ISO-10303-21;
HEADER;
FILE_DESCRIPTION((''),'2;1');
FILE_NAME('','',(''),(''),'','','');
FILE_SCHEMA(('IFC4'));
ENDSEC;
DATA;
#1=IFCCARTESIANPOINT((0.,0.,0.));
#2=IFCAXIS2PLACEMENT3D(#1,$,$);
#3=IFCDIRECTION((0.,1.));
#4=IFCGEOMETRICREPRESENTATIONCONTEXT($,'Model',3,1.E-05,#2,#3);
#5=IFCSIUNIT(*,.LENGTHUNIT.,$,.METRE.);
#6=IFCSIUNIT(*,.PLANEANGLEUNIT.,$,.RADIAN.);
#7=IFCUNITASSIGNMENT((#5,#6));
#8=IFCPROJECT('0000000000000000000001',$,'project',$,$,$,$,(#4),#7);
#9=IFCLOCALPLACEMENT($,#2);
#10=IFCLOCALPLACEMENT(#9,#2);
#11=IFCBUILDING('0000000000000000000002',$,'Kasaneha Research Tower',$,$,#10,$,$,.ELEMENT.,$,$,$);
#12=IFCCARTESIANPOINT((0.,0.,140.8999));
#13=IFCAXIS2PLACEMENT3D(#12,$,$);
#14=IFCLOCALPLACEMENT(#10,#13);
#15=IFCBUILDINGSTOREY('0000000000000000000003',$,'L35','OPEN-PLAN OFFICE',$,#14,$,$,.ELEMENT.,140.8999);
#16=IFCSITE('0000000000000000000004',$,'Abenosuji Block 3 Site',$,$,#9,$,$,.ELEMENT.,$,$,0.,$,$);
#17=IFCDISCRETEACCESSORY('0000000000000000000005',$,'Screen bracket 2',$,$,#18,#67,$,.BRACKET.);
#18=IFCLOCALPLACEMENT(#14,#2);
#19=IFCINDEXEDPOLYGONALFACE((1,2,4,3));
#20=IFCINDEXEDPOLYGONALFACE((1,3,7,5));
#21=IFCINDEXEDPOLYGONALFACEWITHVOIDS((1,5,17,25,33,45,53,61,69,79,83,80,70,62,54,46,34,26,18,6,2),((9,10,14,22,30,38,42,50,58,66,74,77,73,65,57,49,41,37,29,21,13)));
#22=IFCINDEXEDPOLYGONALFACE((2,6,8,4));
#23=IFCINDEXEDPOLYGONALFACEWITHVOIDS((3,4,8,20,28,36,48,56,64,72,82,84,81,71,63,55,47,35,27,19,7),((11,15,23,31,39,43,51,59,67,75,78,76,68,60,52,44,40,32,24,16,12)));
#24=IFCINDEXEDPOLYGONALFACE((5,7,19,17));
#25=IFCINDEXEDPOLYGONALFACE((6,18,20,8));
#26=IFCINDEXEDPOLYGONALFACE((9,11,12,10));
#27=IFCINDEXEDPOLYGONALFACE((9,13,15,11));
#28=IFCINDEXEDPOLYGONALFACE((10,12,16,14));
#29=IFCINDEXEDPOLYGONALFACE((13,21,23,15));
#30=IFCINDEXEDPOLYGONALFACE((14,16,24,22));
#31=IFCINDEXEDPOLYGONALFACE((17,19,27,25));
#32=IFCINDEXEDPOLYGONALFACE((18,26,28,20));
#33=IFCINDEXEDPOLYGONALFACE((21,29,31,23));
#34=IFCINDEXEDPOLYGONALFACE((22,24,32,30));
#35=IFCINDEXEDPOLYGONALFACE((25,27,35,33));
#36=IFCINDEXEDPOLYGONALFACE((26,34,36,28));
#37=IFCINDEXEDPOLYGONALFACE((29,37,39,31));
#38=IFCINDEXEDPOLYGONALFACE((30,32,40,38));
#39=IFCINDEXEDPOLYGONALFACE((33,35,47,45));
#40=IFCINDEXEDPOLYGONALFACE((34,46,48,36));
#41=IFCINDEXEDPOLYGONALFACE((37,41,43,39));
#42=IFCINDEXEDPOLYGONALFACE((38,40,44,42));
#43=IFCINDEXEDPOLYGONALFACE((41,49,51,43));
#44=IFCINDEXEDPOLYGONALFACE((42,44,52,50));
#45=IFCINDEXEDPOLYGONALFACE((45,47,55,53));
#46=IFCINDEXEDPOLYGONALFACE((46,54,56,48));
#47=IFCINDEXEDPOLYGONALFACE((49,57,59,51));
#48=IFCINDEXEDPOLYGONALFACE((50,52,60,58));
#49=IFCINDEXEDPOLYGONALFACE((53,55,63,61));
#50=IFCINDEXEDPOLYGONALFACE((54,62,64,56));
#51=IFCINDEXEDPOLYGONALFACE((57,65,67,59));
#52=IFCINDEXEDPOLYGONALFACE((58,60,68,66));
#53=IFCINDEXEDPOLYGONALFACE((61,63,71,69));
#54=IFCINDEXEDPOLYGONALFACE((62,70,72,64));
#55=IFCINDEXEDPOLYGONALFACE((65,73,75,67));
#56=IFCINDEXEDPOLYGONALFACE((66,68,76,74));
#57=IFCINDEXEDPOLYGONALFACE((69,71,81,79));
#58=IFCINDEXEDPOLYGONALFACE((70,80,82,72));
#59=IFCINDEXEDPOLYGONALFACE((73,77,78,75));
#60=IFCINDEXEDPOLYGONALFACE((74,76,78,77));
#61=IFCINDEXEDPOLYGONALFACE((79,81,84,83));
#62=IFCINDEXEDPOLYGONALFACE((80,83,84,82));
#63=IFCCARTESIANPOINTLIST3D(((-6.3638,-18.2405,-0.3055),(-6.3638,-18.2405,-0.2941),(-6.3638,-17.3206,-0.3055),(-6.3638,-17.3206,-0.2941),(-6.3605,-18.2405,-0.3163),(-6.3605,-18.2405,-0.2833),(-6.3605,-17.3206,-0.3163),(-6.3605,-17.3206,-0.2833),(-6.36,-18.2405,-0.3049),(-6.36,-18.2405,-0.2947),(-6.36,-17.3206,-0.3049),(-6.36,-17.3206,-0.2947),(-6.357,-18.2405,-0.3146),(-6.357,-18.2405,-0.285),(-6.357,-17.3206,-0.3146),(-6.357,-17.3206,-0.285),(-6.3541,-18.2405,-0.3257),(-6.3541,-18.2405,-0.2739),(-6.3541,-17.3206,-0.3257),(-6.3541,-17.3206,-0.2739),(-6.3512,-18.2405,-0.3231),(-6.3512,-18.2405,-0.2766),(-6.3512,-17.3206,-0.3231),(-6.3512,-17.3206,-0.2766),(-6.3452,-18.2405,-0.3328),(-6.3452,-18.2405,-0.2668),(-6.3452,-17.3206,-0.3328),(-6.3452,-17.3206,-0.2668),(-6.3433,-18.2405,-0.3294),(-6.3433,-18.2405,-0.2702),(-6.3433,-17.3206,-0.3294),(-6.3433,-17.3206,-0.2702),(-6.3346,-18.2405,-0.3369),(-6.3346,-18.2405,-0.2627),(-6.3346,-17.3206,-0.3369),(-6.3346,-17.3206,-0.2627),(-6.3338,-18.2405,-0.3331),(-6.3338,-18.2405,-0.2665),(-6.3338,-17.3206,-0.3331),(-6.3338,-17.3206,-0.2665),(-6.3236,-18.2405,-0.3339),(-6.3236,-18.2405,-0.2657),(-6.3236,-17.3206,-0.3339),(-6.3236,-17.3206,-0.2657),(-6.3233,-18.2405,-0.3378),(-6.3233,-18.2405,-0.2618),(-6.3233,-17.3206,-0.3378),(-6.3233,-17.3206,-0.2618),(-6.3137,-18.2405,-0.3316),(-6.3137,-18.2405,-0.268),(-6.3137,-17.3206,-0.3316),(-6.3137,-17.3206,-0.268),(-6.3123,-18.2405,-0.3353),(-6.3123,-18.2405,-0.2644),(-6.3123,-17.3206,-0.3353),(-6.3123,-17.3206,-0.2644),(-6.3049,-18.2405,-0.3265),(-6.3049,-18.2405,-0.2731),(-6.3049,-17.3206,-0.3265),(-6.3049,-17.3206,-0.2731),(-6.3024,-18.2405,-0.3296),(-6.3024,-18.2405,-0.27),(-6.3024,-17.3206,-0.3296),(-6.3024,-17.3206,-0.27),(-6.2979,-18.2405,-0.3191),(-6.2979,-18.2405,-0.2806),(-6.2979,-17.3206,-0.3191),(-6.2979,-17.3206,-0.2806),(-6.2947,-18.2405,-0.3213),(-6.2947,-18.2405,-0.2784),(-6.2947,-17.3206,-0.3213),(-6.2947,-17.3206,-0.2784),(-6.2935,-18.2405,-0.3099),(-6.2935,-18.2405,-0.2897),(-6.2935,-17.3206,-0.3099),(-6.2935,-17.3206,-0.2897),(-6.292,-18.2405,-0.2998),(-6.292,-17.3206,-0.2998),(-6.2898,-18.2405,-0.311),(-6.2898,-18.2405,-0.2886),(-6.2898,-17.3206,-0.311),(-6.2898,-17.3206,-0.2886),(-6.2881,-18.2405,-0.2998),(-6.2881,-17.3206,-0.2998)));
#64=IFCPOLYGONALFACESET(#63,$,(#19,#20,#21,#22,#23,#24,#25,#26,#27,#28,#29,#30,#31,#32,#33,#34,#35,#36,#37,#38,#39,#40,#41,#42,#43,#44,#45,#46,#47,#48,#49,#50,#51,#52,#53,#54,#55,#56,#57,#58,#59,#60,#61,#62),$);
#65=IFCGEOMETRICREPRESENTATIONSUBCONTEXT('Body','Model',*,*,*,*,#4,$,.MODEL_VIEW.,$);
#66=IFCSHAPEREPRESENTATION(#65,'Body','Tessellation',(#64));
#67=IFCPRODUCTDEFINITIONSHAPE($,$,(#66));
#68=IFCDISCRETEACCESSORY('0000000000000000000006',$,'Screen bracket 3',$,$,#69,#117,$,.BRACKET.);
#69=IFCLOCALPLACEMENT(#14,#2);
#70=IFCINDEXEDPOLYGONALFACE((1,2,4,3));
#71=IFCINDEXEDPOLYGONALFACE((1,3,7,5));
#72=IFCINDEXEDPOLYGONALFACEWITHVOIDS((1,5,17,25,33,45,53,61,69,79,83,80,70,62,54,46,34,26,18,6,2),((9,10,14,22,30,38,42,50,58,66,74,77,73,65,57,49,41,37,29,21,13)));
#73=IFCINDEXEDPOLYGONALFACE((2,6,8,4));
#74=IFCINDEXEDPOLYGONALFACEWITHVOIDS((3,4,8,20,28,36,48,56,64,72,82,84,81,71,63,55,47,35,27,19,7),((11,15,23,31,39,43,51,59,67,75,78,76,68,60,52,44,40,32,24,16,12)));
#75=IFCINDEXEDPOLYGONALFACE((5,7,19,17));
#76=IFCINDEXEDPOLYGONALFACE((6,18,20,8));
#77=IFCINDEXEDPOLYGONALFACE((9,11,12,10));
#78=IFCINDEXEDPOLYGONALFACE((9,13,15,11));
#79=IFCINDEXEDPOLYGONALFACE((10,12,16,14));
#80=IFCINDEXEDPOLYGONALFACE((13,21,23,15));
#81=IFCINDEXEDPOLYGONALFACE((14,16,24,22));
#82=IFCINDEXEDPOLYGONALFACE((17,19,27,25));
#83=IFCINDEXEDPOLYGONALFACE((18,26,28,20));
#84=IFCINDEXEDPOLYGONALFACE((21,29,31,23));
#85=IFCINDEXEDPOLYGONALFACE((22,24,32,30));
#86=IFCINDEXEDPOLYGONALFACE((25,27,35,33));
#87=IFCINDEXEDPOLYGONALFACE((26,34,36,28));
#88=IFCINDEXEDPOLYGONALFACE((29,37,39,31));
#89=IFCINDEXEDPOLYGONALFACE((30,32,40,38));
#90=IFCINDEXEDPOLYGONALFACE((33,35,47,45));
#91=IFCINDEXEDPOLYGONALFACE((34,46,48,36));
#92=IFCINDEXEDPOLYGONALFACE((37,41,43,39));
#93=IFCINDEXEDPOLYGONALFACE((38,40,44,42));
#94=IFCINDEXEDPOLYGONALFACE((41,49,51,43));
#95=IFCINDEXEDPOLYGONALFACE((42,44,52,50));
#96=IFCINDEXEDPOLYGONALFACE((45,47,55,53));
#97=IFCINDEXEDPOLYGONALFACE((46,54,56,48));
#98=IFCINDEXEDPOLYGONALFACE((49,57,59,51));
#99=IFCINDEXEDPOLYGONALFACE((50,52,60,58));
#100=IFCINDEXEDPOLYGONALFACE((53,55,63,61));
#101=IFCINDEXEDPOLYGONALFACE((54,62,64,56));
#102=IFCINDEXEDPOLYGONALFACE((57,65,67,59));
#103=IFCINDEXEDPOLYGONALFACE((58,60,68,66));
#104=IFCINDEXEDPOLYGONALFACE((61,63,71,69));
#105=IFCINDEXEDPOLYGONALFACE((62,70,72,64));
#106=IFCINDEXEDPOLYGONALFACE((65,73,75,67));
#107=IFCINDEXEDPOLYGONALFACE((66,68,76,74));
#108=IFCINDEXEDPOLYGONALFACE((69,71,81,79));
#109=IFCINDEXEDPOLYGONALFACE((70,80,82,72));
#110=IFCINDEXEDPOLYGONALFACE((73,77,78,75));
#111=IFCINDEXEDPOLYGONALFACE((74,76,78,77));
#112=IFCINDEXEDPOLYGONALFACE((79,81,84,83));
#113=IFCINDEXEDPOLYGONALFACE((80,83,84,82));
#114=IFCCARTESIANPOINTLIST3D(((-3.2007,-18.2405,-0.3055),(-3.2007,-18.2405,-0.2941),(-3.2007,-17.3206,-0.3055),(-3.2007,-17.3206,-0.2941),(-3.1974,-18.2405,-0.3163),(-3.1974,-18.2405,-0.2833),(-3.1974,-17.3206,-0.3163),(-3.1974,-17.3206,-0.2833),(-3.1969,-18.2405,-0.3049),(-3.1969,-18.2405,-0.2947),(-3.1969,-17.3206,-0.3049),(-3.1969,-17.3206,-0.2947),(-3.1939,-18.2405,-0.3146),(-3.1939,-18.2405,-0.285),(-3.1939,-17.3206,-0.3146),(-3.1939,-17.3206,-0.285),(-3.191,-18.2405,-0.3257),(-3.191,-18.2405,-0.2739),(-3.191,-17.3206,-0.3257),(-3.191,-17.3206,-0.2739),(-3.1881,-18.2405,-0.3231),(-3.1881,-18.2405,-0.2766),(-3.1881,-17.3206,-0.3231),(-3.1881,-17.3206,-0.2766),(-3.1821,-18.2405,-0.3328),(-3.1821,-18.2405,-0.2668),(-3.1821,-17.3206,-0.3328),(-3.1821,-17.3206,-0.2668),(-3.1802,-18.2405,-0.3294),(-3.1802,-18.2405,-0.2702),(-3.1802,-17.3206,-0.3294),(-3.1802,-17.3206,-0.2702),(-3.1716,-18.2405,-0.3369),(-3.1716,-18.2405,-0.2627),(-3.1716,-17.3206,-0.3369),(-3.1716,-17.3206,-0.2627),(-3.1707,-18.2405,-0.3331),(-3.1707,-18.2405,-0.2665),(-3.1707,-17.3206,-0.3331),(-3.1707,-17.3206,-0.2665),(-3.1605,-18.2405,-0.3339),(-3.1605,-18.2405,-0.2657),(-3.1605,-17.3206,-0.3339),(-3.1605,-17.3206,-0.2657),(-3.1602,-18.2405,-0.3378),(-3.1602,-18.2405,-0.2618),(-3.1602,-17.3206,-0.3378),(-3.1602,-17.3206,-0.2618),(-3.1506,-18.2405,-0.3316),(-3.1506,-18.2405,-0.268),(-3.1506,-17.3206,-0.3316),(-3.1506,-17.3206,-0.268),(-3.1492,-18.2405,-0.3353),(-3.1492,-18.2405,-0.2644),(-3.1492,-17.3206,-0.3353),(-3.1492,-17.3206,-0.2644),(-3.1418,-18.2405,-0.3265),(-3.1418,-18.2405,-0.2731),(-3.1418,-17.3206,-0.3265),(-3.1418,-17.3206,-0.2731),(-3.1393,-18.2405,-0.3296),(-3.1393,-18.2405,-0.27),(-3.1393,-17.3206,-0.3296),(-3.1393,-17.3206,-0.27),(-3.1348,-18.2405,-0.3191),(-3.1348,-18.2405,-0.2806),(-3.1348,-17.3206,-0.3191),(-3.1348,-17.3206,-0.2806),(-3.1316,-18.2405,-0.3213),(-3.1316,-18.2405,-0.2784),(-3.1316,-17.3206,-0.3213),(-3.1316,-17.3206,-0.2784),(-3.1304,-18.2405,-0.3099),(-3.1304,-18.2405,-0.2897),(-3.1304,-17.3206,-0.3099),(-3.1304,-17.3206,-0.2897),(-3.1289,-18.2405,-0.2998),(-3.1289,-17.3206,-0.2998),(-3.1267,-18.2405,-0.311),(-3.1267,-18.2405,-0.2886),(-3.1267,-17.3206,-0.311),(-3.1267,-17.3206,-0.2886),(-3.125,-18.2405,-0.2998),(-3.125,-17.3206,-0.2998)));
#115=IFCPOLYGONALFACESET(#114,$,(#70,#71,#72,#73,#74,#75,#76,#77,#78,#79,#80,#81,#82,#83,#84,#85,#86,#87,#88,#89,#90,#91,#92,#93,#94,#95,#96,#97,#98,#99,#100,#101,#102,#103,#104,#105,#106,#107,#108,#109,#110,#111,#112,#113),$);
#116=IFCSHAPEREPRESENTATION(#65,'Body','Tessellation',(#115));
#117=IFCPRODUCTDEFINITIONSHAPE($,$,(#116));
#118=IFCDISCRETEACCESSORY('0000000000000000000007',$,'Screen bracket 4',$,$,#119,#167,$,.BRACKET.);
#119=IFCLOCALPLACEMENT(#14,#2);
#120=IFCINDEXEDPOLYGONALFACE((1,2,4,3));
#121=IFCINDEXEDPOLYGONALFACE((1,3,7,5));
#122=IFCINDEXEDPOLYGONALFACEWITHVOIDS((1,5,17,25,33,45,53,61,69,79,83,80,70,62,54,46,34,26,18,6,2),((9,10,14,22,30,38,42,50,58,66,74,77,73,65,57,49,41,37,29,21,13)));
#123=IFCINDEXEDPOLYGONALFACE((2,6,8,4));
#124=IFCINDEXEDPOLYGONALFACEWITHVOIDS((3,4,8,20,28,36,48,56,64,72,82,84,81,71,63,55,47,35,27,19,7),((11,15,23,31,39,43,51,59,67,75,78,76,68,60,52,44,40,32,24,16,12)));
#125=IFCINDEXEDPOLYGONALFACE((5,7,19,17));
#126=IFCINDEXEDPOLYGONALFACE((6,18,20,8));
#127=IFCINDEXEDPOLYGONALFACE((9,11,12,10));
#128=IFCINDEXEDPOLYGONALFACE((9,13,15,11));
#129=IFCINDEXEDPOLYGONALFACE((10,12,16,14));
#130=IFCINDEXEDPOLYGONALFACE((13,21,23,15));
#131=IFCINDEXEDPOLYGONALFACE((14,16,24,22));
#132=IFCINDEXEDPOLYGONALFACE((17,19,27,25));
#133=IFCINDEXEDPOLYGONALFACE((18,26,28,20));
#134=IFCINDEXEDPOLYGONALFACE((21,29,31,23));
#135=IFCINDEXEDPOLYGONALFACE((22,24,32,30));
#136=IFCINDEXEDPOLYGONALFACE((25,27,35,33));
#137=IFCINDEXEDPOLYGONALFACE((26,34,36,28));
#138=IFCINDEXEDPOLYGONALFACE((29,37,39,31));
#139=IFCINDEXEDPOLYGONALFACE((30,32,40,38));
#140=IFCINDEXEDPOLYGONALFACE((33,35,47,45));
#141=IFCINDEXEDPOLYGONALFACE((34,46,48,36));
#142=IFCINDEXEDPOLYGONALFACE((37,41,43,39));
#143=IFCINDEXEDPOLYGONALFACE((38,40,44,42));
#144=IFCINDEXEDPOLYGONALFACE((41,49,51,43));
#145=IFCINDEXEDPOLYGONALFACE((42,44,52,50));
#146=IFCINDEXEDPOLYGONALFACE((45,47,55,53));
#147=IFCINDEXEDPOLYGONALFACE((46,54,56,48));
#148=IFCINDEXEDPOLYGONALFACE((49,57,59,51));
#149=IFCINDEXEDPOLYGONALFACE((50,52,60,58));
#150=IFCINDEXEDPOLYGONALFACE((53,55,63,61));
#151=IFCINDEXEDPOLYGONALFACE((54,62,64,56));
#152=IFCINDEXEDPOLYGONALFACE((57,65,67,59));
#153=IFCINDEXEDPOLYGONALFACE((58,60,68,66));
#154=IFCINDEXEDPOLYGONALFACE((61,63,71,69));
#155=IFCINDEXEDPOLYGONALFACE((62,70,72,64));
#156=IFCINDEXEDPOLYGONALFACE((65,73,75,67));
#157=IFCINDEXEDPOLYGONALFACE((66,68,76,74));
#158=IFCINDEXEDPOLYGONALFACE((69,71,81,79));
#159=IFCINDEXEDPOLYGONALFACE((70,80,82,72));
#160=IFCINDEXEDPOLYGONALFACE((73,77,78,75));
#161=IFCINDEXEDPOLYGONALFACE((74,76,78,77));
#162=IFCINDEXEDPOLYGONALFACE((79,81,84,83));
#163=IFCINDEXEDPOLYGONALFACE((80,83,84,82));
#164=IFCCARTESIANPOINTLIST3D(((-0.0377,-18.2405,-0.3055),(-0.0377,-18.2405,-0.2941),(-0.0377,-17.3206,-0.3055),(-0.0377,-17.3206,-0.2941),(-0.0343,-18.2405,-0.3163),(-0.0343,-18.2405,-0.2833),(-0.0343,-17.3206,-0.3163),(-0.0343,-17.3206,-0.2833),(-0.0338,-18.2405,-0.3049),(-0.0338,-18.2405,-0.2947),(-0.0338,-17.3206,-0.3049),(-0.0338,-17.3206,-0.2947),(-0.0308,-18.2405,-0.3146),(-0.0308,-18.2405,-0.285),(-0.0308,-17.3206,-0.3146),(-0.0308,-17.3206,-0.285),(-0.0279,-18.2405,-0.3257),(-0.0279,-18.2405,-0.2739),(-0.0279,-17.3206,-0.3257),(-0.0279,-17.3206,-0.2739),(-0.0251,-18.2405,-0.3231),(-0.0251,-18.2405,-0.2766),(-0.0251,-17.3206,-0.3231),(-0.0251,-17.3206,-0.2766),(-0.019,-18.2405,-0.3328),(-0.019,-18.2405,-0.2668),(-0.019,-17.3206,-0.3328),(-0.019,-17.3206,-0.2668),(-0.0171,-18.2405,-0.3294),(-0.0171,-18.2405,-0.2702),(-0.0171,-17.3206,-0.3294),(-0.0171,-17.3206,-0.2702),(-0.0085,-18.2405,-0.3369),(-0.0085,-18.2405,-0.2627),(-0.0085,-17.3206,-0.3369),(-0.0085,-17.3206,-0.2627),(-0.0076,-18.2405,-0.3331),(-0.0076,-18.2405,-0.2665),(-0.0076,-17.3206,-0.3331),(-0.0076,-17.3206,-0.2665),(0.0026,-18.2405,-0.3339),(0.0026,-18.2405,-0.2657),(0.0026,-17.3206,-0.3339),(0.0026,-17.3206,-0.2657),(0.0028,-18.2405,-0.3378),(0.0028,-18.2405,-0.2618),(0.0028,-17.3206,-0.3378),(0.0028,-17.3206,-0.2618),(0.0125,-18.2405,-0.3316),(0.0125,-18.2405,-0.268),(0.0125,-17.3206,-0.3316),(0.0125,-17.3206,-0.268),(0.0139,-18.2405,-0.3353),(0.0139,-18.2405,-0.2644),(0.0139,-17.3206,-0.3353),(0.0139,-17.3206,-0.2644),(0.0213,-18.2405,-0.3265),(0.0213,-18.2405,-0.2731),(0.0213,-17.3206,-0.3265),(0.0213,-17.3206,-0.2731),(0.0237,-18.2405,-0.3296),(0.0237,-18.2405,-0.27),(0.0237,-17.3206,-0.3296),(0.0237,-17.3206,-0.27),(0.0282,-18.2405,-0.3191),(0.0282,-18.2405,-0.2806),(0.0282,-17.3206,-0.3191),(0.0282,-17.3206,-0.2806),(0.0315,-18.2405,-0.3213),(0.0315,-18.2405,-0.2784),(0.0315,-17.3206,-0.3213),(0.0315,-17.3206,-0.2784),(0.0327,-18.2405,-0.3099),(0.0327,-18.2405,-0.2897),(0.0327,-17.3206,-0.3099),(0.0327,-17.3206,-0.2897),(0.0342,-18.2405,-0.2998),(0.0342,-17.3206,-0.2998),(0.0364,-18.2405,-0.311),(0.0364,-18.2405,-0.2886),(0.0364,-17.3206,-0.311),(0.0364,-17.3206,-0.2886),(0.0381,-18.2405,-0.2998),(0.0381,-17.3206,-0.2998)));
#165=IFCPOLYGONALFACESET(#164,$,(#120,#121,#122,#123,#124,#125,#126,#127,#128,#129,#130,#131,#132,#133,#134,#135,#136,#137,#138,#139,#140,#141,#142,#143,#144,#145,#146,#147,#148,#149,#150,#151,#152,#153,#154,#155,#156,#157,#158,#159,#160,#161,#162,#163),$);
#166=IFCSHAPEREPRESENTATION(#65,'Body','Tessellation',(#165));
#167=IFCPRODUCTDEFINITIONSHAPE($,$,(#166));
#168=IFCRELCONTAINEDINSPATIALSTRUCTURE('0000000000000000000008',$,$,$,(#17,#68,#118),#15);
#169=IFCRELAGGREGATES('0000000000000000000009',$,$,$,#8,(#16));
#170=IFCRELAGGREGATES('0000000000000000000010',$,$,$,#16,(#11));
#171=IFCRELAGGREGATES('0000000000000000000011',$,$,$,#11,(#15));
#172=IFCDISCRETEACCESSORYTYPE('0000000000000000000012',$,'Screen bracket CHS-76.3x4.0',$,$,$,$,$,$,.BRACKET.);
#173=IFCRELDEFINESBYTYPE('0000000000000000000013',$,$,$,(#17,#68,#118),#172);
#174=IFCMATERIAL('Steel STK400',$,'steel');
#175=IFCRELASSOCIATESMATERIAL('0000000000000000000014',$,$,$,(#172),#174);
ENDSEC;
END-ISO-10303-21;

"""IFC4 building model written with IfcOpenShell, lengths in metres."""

from ifc_helpers import new_model, si_unit, direction, frame, origin, origin_2d, place, context, subcontext, project, spatial, hollow_circle, extrude, material, material_profile, profile_set, type_object, element, save


model = new_model("IFC4")

# Units and contexts
model_context = context("Model", 3, precision=1e-05, world=origin(), true_north=direction((0.0, 1.0)))
body_context = subcontext(model_context, "Body", "Model", "MODEL_VIEW")
ifc_project = project(units=[si_unit("LENGTHUNIT", "METRE"), si_unit("PLANEANGLEUNIT", "RADIAN")], contexts=[model_context])

# Site, building, storey
site_placement = place(None, origin())
site = spatial("IfcSite", under=ifc_project, at=site_placement, Name="Abenosuji Block 3 Site", CompositionType="ELEMENT", RefElevation=0.0)
building_placement = place(site_placement, origin())
building = spatial("IfcBuilding", under=site, at=building_placement, Name="Kasaneha Research Tower", CompositionType="ELEMENT")
storey_placement = place(building_placement, frame((0.0, 0.0, 140.8999)))
storey = spatial("IfcBuildingStorey", under=building, at=storey_placement, Name="L35", Description="OPEN-PLAN OFFICE", CompositionType="ELEMENT", Elevation=140.8999)

# Discrete accessories
ifc_material_1 = material(Name="Steel STK400", Category="steel")
ifc_material_profile_1 = material_profile(ifc_material_1, hollow_circle(Radius=0.0381, WallThickness=0.0039, at=origin_2d()), Name="CHS-76.3x4.0")
ifc_profile_set_1 = profile_set([ifc_material_profile_1], Name="Steel STK400")
discrete_accessory_type = type_object("IfcDiscreteAccessoryType", Name="Screen bracket CHS-76.3x4.0", PredefinedType="BRACKET", material=ifc_profile_set_1)
for number, where, z_axis, x_axis, name in (
    (1, (-6.3262, -17.3206, -0.2998), (0.0, -1.0, 0.0), (1.0, 0.0, 0.0), "Screen bracket 2"),
    (2, (-3.1631, -17.3206, -0.2998), (0.0, -1.0, 0.0), (1.0, 0.0, 0.0), "Screen bracket 3"),
    (3, (0.0, -17.3206, -0.2998), (0.0, -1.0, 0.0), (1.0, 0.0, 0.0), "Screen bracket 4"),
):
    element("IfcDiscreteAccessory", number, at=place(storey_placement, frame(where, z_axis=z_axis, x_axis=x_axis)), inside=storey, type_object=discrete_accessory_type, Name=name, PredefinedType="BRACKET", context=body_context, shape_type="SweptSolid", body=[
        extrude(hollow_circle(Radius=0.0381, WallThickness=0.0039, at=origin_2d()), origin(), (0.0, 0.0, 1.0), 0.9199),
    ])

save(model, "model.ifc")
